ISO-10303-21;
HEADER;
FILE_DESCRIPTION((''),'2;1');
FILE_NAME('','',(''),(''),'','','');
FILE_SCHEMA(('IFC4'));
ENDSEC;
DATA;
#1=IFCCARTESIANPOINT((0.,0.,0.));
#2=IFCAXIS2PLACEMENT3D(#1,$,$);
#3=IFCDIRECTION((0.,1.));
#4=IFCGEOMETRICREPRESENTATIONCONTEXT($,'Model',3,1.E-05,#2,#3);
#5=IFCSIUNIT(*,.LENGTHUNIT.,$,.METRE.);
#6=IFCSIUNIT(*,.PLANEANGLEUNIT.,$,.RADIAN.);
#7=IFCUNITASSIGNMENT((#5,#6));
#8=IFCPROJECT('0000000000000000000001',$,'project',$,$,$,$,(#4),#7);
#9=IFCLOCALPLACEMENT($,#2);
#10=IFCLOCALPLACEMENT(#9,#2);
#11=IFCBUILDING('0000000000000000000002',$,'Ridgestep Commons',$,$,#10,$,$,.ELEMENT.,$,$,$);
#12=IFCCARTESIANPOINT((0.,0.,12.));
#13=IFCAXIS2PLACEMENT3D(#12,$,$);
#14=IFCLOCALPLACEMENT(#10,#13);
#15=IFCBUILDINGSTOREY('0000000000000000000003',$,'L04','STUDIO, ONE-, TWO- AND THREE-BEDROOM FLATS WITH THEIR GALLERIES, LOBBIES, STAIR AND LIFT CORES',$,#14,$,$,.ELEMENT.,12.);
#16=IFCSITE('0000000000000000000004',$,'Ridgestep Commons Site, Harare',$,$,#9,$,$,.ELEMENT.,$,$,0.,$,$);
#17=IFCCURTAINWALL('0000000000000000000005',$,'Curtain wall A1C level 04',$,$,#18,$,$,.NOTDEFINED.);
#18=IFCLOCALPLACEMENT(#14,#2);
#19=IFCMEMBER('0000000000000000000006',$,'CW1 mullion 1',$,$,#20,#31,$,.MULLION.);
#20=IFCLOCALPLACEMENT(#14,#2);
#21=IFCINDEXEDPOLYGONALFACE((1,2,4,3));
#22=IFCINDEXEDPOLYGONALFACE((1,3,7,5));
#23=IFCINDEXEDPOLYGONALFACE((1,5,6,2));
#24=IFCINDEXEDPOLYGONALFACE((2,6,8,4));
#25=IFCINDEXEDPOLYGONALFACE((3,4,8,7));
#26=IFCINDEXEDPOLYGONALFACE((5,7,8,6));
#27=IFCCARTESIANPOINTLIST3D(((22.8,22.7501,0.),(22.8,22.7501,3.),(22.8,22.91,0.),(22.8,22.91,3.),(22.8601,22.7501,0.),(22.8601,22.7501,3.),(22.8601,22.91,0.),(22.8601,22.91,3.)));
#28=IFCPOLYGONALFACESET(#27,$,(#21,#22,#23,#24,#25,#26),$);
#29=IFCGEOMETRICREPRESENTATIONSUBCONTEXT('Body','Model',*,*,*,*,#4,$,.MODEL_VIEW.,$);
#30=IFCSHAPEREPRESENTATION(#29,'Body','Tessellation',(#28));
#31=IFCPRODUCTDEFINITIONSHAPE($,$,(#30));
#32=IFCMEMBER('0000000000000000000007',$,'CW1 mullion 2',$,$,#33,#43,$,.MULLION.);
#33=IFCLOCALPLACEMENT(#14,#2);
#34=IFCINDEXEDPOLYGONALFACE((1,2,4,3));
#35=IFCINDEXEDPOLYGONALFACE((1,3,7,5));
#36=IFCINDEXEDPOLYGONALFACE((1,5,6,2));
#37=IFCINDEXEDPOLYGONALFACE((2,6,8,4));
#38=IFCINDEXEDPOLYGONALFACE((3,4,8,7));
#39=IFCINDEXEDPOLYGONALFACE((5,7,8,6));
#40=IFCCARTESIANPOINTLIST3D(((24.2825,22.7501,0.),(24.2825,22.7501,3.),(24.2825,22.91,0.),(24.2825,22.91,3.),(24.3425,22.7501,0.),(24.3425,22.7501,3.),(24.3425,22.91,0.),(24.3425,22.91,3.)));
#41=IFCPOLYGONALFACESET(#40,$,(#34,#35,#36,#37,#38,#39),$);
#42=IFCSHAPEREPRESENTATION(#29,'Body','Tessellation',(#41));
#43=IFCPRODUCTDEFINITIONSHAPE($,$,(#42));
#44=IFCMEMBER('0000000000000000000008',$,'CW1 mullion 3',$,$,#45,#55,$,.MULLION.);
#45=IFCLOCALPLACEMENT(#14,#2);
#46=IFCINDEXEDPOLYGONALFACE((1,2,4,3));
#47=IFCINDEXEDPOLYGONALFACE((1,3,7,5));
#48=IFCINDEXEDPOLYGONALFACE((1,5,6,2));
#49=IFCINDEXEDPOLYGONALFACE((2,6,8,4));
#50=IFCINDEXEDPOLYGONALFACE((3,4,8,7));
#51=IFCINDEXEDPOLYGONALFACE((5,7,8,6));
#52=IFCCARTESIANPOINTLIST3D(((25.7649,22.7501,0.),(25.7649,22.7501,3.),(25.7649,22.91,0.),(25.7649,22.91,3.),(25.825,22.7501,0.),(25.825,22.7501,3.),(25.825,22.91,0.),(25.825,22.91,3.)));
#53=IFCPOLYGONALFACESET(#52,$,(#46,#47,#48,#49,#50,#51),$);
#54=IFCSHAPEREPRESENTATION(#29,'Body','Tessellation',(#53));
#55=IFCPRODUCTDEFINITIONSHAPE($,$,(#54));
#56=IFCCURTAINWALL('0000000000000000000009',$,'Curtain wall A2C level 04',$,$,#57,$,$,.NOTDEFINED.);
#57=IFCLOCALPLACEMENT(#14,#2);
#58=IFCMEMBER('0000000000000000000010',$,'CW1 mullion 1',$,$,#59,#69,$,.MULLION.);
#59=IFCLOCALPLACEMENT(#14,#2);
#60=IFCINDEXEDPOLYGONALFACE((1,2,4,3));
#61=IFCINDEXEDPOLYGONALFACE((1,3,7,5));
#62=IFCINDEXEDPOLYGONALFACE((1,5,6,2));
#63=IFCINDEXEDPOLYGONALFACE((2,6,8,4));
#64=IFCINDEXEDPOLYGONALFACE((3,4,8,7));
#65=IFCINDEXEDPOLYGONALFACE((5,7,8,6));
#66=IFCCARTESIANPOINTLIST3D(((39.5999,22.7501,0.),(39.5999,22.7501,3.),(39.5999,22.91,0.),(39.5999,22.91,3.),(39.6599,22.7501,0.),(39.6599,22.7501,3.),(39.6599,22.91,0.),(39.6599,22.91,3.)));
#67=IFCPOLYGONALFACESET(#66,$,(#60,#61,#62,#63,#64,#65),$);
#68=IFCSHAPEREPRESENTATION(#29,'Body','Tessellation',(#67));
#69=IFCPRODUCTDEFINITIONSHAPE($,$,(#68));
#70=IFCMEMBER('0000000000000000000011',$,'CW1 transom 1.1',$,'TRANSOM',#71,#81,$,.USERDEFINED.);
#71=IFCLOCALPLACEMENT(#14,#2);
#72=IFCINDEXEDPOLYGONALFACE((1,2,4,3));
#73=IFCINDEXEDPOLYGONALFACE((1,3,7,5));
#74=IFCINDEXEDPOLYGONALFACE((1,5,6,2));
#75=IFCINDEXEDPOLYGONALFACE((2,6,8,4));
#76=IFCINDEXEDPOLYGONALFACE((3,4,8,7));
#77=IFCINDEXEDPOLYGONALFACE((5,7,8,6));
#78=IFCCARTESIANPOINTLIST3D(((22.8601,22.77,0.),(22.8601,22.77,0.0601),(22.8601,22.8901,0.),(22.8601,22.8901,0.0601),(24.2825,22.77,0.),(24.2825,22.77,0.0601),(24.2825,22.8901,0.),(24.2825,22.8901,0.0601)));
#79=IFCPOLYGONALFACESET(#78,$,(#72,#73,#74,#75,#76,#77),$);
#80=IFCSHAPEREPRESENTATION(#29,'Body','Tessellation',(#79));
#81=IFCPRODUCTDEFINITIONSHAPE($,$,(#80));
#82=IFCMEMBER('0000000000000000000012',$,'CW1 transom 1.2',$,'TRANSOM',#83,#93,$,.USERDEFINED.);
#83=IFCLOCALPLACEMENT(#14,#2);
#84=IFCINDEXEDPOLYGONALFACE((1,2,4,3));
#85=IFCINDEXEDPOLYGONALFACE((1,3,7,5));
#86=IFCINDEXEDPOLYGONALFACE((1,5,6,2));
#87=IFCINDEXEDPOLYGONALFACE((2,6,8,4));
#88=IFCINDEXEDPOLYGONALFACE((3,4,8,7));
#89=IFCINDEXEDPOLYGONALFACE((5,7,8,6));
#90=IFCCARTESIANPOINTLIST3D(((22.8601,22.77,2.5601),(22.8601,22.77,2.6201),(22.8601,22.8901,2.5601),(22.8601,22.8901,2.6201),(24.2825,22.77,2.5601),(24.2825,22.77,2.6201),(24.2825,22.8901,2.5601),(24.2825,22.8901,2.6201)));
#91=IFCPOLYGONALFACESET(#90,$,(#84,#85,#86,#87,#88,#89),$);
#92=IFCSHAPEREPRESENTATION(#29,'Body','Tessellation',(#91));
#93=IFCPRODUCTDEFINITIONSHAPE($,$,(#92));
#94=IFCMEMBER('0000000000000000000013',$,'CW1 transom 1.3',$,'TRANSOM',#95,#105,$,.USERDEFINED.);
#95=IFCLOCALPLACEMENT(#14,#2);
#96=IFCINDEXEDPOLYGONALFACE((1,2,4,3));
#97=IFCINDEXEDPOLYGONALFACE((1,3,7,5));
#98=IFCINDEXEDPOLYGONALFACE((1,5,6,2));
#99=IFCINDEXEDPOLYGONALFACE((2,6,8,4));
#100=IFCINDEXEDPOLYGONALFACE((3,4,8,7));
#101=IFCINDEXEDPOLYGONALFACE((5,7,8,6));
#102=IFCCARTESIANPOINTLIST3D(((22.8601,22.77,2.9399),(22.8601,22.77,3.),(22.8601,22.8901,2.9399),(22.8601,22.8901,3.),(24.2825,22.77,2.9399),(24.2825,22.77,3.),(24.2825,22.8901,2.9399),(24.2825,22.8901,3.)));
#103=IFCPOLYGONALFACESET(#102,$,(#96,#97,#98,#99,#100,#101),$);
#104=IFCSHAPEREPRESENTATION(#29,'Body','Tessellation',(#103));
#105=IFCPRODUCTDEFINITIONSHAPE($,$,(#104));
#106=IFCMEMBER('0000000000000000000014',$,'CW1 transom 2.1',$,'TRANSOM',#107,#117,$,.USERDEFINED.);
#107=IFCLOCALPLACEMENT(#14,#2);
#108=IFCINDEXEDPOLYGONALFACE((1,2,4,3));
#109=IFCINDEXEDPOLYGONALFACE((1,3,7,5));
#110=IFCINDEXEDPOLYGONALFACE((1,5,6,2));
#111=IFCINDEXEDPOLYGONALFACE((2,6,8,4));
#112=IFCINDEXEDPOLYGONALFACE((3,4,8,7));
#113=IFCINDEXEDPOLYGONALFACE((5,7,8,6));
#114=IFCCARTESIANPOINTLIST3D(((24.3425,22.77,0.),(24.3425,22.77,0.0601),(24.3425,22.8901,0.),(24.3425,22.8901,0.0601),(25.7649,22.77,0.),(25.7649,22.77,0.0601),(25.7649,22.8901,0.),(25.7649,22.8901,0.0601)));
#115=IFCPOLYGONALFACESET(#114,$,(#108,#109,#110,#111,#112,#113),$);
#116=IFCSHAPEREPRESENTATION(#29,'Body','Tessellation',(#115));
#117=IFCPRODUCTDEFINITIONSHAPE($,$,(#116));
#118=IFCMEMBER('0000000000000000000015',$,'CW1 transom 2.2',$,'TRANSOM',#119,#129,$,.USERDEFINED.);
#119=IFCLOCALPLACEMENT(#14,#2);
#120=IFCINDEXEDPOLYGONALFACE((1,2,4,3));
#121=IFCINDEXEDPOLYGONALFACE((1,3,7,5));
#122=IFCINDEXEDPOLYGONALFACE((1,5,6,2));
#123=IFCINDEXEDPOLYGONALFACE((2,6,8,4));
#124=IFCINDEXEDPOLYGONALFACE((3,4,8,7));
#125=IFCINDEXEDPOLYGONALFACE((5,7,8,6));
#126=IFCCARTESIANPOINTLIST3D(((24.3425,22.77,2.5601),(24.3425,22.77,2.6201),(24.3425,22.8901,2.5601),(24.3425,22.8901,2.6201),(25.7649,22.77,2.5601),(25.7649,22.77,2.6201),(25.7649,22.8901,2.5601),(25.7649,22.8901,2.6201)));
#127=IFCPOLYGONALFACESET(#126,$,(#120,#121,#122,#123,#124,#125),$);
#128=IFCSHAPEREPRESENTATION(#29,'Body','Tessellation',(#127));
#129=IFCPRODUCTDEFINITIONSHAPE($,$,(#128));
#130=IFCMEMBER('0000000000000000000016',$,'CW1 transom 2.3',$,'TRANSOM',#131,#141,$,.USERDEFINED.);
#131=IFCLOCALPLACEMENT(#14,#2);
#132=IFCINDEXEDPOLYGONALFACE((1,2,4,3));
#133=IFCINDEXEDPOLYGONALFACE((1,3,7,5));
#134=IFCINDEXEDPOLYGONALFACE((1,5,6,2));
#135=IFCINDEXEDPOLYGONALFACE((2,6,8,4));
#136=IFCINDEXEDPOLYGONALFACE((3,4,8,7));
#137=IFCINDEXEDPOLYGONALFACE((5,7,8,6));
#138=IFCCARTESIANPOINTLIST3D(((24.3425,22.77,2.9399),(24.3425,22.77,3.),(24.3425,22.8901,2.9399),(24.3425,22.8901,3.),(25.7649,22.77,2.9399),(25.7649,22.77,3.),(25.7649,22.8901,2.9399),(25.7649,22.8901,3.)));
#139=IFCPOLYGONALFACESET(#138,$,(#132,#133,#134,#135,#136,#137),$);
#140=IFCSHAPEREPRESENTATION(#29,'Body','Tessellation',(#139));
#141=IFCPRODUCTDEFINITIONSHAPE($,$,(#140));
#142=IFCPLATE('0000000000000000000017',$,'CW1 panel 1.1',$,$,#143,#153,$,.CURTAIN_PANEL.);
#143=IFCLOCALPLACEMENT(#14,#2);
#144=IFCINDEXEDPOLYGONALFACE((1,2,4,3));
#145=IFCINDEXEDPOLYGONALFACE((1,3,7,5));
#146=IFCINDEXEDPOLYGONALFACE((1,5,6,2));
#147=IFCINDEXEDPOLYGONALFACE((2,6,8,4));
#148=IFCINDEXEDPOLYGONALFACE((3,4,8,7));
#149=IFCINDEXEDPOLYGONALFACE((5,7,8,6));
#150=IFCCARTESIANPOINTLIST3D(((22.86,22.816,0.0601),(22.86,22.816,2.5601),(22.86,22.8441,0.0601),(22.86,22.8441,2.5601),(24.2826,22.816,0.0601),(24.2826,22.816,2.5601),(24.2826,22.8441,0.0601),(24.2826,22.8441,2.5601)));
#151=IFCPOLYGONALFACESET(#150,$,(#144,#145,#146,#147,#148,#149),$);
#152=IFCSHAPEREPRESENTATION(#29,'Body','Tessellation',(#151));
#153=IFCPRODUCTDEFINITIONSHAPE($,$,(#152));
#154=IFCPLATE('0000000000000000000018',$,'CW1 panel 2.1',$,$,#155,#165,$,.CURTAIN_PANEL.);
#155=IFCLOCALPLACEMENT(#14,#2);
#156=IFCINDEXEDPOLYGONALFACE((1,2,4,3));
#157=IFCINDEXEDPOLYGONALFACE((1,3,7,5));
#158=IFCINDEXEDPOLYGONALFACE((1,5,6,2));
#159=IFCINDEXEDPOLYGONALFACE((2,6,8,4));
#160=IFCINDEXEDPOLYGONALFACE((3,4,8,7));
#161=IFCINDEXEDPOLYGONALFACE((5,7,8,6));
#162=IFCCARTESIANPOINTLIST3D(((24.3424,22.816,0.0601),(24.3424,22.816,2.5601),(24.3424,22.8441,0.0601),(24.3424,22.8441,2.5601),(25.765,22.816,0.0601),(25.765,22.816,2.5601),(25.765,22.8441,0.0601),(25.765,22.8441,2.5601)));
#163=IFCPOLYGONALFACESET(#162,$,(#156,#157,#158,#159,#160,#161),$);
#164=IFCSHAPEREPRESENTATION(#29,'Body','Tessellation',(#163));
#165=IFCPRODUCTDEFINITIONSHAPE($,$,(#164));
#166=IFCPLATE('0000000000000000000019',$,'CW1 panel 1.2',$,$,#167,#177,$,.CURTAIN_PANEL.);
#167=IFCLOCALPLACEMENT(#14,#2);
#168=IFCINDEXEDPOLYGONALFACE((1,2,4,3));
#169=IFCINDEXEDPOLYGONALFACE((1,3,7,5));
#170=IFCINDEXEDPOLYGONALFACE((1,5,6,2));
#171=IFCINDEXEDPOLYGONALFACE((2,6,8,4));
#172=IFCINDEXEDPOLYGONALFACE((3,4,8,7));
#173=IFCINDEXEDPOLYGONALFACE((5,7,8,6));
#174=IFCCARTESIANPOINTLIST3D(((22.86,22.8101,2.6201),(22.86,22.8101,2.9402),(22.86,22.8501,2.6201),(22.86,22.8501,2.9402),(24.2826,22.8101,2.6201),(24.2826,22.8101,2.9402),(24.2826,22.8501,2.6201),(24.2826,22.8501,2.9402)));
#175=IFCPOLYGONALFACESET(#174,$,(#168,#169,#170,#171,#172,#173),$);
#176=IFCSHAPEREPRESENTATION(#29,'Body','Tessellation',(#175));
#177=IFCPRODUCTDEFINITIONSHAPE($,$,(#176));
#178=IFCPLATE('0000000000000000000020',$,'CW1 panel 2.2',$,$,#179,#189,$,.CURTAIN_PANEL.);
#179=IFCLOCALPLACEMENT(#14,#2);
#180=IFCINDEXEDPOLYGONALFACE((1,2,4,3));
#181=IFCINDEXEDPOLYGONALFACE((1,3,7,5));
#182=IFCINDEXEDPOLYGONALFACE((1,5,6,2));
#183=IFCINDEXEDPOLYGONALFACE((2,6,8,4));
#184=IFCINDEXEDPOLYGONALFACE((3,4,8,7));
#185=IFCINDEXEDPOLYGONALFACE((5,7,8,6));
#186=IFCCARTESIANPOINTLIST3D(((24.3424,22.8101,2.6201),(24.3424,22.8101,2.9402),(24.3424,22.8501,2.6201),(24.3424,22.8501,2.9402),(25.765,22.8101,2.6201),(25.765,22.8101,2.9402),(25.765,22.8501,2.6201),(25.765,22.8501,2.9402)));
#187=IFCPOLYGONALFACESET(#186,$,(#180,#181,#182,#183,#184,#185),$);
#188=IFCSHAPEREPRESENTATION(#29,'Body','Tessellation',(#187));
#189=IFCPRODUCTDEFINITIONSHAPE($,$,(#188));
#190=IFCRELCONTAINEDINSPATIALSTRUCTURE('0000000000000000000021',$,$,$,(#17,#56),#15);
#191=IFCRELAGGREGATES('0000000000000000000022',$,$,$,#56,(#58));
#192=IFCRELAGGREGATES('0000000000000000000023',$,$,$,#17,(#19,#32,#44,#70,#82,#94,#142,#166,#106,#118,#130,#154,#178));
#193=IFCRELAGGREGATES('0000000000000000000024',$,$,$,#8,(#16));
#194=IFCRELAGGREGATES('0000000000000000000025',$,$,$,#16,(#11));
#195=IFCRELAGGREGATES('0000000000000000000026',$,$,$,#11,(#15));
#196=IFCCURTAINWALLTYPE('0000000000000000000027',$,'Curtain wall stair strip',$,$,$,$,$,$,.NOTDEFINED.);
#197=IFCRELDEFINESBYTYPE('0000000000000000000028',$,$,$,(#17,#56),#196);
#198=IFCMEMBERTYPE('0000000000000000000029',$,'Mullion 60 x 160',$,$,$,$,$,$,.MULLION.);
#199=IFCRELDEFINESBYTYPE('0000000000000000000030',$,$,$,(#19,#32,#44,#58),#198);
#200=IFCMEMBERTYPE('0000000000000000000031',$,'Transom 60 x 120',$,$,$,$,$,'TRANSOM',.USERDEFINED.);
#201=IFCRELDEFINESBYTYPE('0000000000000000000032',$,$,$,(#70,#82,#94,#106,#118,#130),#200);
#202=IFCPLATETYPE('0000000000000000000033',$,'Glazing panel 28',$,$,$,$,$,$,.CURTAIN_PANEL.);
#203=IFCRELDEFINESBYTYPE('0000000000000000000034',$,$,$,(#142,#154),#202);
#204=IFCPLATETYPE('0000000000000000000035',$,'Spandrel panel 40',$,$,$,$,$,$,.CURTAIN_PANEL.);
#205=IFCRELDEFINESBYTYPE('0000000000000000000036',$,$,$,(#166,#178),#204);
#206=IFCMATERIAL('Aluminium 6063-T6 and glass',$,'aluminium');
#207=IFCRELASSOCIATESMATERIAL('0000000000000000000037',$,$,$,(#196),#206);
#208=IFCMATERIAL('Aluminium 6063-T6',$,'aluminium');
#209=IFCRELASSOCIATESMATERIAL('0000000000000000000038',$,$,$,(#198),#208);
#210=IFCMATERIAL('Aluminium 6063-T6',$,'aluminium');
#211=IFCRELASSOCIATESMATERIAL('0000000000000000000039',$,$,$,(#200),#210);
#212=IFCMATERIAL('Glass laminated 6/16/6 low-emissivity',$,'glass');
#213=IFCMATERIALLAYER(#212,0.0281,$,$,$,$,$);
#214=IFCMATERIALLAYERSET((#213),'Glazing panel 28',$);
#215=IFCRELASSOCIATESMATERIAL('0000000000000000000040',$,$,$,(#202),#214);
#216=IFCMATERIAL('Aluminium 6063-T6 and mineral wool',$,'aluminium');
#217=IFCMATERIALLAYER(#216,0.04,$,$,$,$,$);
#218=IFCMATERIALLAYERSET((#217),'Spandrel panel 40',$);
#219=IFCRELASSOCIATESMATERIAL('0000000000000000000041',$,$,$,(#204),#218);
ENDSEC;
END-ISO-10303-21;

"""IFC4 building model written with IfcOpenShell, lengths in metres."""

from ifc_helpers import new_model, si_unit, direction, frame, origin, origin_2d, place, context, subcontext, project, spatial, rectangle, extrude, material, layer, layer_set, material_profile, profile_set, type_object, element, aggregate, save


model = new_model("IFC4")

# Units and contexts
model_context = context("Model", 3, precision=1e-05, world=origin(), true_north=direction((0.0, 1.0)))
body_context = subcontext(model_context, "Body", "Model", "MODEL_VIEW")
ifc_project = project(units=[si_unit("LENGTHUNIT", "METRE"), si_unit("PLANEANGLEUNIT", "RADIAN")], contexts=[model_context])

# Site, building, storey
site_placement = place(None, origin())
site = spatial("IfcSite", under=ifc_project, at=site_placement, Name="Ridgestep Commons Site, Harare", CompositionType="ELEMENT", RefElevation=0.0)
building_placement = place(site_placement, origin())
building = spatial("IfcBuilding", under=site, at=building_placement, Name="Ridgestep Commons", CompositionType="ELEMENT")
storey_placement = place(building_placement, frame((0.0, 0.0, 12.0)))
storey = spatial("IfcBuildingStorey", under=building, at=storey_placement, Name="L04", Description="STUDIO, ONE-, TWO- AND THREE-BEDROOM FLATS WITH THEIR GALLERIES, LOBBIES, STAIR AND LIFT CORES", CompositionType="ELEMENT", Elevation=12.0)

# Curtain wall, members
ifc_material_1 = material(Name="Aluminium 6063-T6 and glass", Category="aluminium")
curtain_wall_type = type_object("IfcCurtainWallType", Name="Curtain wall stair strip", PredefinedType="NOTDEFINED", material=ifc_material_1)
curtain_wall_1_placement = place(storey_placement, origin())
curtain_wall_1 = element("IfcCurtainWall", 1, at=curtain_wall_1_placement, inside=storey, type_object=curtain_wall_type, Name="Curtain wall A1C level 04", PredefinedType="NOTDEFINED")
ifc_material_2 = material(Name="Aluminium 6063-T6", Category="aluminium")
ifc_material_profile_1 = material_profile(ifc_material_2, rectangle(XDim=0.1599, YDim=0.0601, at=origin_2d()), Name="Mullion 60 x 160")
ifc_profile_set_1 = profile_set([ifc_material_profile_1], Name="Aluminium 6063-T6")
member_type_1 = type_object("IfcMemberType", Name="Mullion 60 x 160", PredefinedType="MULLION", material=ifc_profile_set_1)
member_1_placement = place(storey_placement, frame((22.8301, 22.8301, 0.0), z_axis=(0.0, 0.0, 1.0), x_axis=(0.0, 1.0, 0.0)))
member_1 = element("IfcMember", 2, at=member_1_placement, type_object=member_type_1, Name="CW1 mullion 1", PredefinedType="MULLION", context=body_context, shape_type="SweptSolid", body=[
    extrude(rectangle(XDim=0.1599, YDim=0.0601, at=origin_2d()), origin(), (0.0, 0.0, 1.0), 3.0),
])
member_2_placement = place(storey_placement, frame((24.3125, 22.8301, 0.0), z_axis=(0.0, 0.0, 1.0), x_axis=(0.0, 1.0, 0.0)))
member_2 = element("IfcMember", 3, at=member_2_placement, type_object=member_type_1, Name="CW1 mullion 2", PredefinedType="MULLION", context=body_context, shape_type="SweptSolid", body=[
    extrude(rectangle(XDim=0.1599, YDim=0.0601, at=origin_2d()), origin(), (0.0, 0.0, 1.0), 3.0),
])
member_3_placement = place(storey_placement, frame((25.7949, 22.8301, 0.0), z_axis=(0.0, 0.0, 1.0), x_axis=(0.0, 1.0, 0.0)))
member_3 = element("IfcMember", 4, at=member_3_placement, type_object=member_type_1, Name="CW1 mullion 3", PredefinedType="MULLION", context=body_context, shape_type="SweptSolid", body=[
    extrude(rectangle(XDim=0.1599, YDim=0.0601, at=origin_2d()), origin(), (0.0, 0.0, 1.0), 3.0),
])

# Curtain wall, member
curtain_wall_2_placement = place(storey_placement, origin())
curtain_wall_2 = element("IfcCurtainWall", 5, at=curtain_wall_2_placement, inside=storey, type_object=curtain_wall_type, Name="Curtain wall A2C level 04", PredefinedType="NOTDEFINED")
member_4_placement = place(storey_placement, frame((39.6299, 22.8301, 0.0), z_axis=(0.0, 0.0, 1.0), x_axis=(0.0, 1.0, 0.0)))
member_4 = element("IfcMember", 6, at=member_4_placement, type_object=member_type_1, Name="CW1 mullion 1", PredefinedType="MULLION", context=body_context, shape_type="SweptSolid", body=[
    extrude(rectangle(XDim=0.1599, YDim=0.0601, at=origin_2d()), origin(), (0.0, 0.0, 1.0), 3.0),
])
aggregate(curtain_wall_2, [member_4])

# Members
ifc_material_3 = material(Name="Aluminium 6063-T6", Category="aluminium")
ifc_material_profile_2 = material_profile(ifc_material_3, rectangle(XDim=0.1201, YDim=0.0601, at=origin_2d()), Name="Transom 60 x 120")
ifc_profile_set_2 = profile_set([ifc_material_profile_2], Name="Aluminium 6063-T6")
member_type_2 = type_object("IfcMemberType", Name="Transom 60 x 120", ElementType="TRANSOM", PredefinedType="USERDEFINED", material=ifc_profile_set_2)
member_5_placement = place(storey_placement, frame((22.8601, 22.8301, 0.03), z_axis=(1.0, 0.0, 0.0), x_axis=(0.0, 1.0, 0.0)))
member_5 = element("IfcMember", 7, at=member_5_placement, type_object=member_type_2, Name="CW1 transom 1.1", ObjectType="TRANSOM", PredefinedType="USERDEFINED", context=body_context, shape_type="SweptSolid", body=[
    extrude(rectangle(XDim=0.1201, YDim=0.0601, at=origin_2d()), origin(), (0.0, 0.0, 1.0), 1.4224),
])
member_6_placement = place(storey_placement, frame((22.8601, 22.8301, 2.5901), z_axis=(1.0, 0.0, 0.0), x_axis=(0.0, 1.0, 0.0)))
member_6 = element("IfcMember", 8, at=member_6_placement, type_object=member_type_2, Name="CW1 transom 1.2", ObjectType="TRANSOM", PredefinedType="USERDEFINED", context=body_context, shape_type="SweptSolid", body=[
    extrude(rectangle(XDim=0.1201, YDim=0.0601, at=origin_2d()), origin(), (0.0, 0.0, 1.0), 1.4224),
])
member_7_placement = place(storey_placement, frame((22.8601, 22.8301, 2.97), z_axis=(1.0, 0.0, 0.0), x_axis=(0.0, 1.0, 0.0)))
member_7 = element("IfcMember", 9, at=member_7_placement, type_object=member_type_2, Name="CW1 transom 1.3", ObjectType="TRANSOM", PredefinedType="USERDEFINED", context=body_context, shape_type="SweptSolid", body=[
    extrude(rectangle(XDim=0.1201, YDim=0.0601, at=origin_2d()), origin(), (0.0, 0.0, 1.0), 1.4224),
])
member_8_placement = place(storey_placement, frame((24.3425, 22.8301, 0.03), z_axis=(1.0, 0.0, 0.0), x_axis=(0.0, 1.0, 0.0)))
member_8 = element("IfcMember", 10, at=member_8_placement, type_object=member_type_2, Name="CW1 transom 2.1", ObjectType="TRANSOM", PredefinedType="USERDEFINED", context=body_context, shape_type="SweptSolid", body=[
    extrude(rectangle(XDim=0.1201, YDim=0.0601, at=origin_2d()), origin(), (0.0, 0.0, 1.0), 1.4224),
])
member_9_placement = place(storey_placement, frame((24.3425, 22.8301, 2.5901), z_axis=(1.0, 0.0, 0.0), x_axis=(0.0, 1.0, 0.0)))
member_9 = element("IfcMember", 11, at=member_9_placement, type_object=member_type_2, Name="CW1 transom 2.2", ObjectType="TRANSOM", PredefinedType="USERDEFINED", context=body_context, shape_type="SweptSolid", body=[
    extrude(rectangle(XDim=0.1201, YDim=0.0601, at=origin_2d()), origin(), (0.0, 0.0, 1.0), 1.4224),
])
member_10_placement = place(storey_placement, frame((24.3425, 22.8301, 2.97), z_axis=(1.0, 0.0, 0.0), x_axis=(0.0, 1.0, 0.0)))
member_10 = element("IfcMember", 12, at=member_10_placement, type_object=member_type_2, Name="CW1 transom 2.3", ObjectType="TRANSOM", PredefinedType="USERDEFINED", context=body_context, shape_type="SweptSolid", body=[
    extrude(rectangle(XDim=0.1201, YDim=0.0601, at=origin_2d()), origin(), (0.0, 0.0, 1.0), 1.4224),
])

# Plates
ifc_material_4 = material(Name="Glass laminated 6/16/6 low-emissivity", Category="glass")
ifc_layer_1 = layer(ifc_material_4, 0.0281)
ifc_layer_set_1 = layer_set([ifc_layer_1], Name="Glazing panel 28")
plate_type_1 = type_object("IfcPlateType", Name="Glazing panel 28", PredefinedType="CURTAIN_PANEL", material=ifc_layer_set_1)
plate_1_placement = place(storey_placement, frame((23.5713, 22.8301, 0.0601), z_axis=(0.0, 0.0, 1.0), x_axis=(1.0, 0.0, 0.0)))
plate_1 = element("IfcPlate", 13, at=plate_1_placement, type_object=plate_type_1, Name="CW1 panel 1.1", PredefinedType="CURTAIN_PANEL", context=body_context, shape_type="SweptSolid", body=[
    extrude(rectangle(XDim=1.4226, YDim=0.0281, at=origin_2d()), origin(), (0.0, 0.0, 1.0), 2.5),
])
plate_2_placement = place(storey_placement, frame((25.0537, 22.8301, 0.0601), z_axis=(0.0, 0.0, 1.0), x_axis=(1.0, 0.0, 0.0)))
plate_2 = element("IfcPlate", 14, at=plate_2_placement, type_object=plate_type_1, Name="CW1 panel 2.1", PredefinedType="CURTAIN_PANEL", context=body_context, shape_type="SweptSolid", body=[
    extrude(rectangle(XDim=1.4226, YDim=0.0281, at=origin_2d()), origin(), (0.0, 0.0, 1.0), 2.5),
])
ifc_material_5 = material(Name="Aluminium 6063-T6 and mineral wool", Category="aluminium")
ifc_layer_2 = layer(ifc_material_5, 0.04)
ifc_layer_set_2 = layer_set([ifc_layer_2], Name="Spandrel panel 40")
plate_type_2 = type_object("IfcPlateType", Name="Spandrel panel 40", PredefinedType="CURTAIN_PANEL", material=ifc_layer_set_2)
plate_3_placement = place(storey_placement, frame((23.5713, 22.8301, 2.6201), z_axis=(0.0, 0.0, 1.0), x_axis=(1.0, 0.0, 0.0)))
plate_3 = element("IfcPlate", 15, at=plate_3_placement, type_object=plate_type_2, Name="CW1 panel 1.2", PredefinedType="CURTAIN_PANEL", context=body_context, shape_type="SweptSolid", body=[
    extrude(rectangle(XDim=1.4226, YDim=0.04, at=origin_2d()), origin(), (0.0, 0.0, 1.0), 0.3201),
])
plate_4_placement = place(storey_placement, frame((25.0537, 22.8301, 2.6201), z_axis=(0.0, 0.0, 1.0), x_axis=(1.0, 0.0, 0.0)))
plate_4 = element("IfcPlate", 16, at=plate_4_placement, type_object=plate_type_2, Name="CW1 panel 2.2", PredefinedType="CURTAIN_PANEL", context=body_context, shape_type="SweptSolid", body=[
    extrude(rectangle(XDim=1.4226, YDim=0.04, at=origin_2d()), origin(), (0.0, 0.0, 1.0), 0.3201),
])
aggregate(curtain_wall_1, [member_1, member_2, member_3, member_5, member_6, member_7, plate_1, plate_3, member_8, member_9, member_10, plate_2, plate_4])

save(model, "model.ifc")
